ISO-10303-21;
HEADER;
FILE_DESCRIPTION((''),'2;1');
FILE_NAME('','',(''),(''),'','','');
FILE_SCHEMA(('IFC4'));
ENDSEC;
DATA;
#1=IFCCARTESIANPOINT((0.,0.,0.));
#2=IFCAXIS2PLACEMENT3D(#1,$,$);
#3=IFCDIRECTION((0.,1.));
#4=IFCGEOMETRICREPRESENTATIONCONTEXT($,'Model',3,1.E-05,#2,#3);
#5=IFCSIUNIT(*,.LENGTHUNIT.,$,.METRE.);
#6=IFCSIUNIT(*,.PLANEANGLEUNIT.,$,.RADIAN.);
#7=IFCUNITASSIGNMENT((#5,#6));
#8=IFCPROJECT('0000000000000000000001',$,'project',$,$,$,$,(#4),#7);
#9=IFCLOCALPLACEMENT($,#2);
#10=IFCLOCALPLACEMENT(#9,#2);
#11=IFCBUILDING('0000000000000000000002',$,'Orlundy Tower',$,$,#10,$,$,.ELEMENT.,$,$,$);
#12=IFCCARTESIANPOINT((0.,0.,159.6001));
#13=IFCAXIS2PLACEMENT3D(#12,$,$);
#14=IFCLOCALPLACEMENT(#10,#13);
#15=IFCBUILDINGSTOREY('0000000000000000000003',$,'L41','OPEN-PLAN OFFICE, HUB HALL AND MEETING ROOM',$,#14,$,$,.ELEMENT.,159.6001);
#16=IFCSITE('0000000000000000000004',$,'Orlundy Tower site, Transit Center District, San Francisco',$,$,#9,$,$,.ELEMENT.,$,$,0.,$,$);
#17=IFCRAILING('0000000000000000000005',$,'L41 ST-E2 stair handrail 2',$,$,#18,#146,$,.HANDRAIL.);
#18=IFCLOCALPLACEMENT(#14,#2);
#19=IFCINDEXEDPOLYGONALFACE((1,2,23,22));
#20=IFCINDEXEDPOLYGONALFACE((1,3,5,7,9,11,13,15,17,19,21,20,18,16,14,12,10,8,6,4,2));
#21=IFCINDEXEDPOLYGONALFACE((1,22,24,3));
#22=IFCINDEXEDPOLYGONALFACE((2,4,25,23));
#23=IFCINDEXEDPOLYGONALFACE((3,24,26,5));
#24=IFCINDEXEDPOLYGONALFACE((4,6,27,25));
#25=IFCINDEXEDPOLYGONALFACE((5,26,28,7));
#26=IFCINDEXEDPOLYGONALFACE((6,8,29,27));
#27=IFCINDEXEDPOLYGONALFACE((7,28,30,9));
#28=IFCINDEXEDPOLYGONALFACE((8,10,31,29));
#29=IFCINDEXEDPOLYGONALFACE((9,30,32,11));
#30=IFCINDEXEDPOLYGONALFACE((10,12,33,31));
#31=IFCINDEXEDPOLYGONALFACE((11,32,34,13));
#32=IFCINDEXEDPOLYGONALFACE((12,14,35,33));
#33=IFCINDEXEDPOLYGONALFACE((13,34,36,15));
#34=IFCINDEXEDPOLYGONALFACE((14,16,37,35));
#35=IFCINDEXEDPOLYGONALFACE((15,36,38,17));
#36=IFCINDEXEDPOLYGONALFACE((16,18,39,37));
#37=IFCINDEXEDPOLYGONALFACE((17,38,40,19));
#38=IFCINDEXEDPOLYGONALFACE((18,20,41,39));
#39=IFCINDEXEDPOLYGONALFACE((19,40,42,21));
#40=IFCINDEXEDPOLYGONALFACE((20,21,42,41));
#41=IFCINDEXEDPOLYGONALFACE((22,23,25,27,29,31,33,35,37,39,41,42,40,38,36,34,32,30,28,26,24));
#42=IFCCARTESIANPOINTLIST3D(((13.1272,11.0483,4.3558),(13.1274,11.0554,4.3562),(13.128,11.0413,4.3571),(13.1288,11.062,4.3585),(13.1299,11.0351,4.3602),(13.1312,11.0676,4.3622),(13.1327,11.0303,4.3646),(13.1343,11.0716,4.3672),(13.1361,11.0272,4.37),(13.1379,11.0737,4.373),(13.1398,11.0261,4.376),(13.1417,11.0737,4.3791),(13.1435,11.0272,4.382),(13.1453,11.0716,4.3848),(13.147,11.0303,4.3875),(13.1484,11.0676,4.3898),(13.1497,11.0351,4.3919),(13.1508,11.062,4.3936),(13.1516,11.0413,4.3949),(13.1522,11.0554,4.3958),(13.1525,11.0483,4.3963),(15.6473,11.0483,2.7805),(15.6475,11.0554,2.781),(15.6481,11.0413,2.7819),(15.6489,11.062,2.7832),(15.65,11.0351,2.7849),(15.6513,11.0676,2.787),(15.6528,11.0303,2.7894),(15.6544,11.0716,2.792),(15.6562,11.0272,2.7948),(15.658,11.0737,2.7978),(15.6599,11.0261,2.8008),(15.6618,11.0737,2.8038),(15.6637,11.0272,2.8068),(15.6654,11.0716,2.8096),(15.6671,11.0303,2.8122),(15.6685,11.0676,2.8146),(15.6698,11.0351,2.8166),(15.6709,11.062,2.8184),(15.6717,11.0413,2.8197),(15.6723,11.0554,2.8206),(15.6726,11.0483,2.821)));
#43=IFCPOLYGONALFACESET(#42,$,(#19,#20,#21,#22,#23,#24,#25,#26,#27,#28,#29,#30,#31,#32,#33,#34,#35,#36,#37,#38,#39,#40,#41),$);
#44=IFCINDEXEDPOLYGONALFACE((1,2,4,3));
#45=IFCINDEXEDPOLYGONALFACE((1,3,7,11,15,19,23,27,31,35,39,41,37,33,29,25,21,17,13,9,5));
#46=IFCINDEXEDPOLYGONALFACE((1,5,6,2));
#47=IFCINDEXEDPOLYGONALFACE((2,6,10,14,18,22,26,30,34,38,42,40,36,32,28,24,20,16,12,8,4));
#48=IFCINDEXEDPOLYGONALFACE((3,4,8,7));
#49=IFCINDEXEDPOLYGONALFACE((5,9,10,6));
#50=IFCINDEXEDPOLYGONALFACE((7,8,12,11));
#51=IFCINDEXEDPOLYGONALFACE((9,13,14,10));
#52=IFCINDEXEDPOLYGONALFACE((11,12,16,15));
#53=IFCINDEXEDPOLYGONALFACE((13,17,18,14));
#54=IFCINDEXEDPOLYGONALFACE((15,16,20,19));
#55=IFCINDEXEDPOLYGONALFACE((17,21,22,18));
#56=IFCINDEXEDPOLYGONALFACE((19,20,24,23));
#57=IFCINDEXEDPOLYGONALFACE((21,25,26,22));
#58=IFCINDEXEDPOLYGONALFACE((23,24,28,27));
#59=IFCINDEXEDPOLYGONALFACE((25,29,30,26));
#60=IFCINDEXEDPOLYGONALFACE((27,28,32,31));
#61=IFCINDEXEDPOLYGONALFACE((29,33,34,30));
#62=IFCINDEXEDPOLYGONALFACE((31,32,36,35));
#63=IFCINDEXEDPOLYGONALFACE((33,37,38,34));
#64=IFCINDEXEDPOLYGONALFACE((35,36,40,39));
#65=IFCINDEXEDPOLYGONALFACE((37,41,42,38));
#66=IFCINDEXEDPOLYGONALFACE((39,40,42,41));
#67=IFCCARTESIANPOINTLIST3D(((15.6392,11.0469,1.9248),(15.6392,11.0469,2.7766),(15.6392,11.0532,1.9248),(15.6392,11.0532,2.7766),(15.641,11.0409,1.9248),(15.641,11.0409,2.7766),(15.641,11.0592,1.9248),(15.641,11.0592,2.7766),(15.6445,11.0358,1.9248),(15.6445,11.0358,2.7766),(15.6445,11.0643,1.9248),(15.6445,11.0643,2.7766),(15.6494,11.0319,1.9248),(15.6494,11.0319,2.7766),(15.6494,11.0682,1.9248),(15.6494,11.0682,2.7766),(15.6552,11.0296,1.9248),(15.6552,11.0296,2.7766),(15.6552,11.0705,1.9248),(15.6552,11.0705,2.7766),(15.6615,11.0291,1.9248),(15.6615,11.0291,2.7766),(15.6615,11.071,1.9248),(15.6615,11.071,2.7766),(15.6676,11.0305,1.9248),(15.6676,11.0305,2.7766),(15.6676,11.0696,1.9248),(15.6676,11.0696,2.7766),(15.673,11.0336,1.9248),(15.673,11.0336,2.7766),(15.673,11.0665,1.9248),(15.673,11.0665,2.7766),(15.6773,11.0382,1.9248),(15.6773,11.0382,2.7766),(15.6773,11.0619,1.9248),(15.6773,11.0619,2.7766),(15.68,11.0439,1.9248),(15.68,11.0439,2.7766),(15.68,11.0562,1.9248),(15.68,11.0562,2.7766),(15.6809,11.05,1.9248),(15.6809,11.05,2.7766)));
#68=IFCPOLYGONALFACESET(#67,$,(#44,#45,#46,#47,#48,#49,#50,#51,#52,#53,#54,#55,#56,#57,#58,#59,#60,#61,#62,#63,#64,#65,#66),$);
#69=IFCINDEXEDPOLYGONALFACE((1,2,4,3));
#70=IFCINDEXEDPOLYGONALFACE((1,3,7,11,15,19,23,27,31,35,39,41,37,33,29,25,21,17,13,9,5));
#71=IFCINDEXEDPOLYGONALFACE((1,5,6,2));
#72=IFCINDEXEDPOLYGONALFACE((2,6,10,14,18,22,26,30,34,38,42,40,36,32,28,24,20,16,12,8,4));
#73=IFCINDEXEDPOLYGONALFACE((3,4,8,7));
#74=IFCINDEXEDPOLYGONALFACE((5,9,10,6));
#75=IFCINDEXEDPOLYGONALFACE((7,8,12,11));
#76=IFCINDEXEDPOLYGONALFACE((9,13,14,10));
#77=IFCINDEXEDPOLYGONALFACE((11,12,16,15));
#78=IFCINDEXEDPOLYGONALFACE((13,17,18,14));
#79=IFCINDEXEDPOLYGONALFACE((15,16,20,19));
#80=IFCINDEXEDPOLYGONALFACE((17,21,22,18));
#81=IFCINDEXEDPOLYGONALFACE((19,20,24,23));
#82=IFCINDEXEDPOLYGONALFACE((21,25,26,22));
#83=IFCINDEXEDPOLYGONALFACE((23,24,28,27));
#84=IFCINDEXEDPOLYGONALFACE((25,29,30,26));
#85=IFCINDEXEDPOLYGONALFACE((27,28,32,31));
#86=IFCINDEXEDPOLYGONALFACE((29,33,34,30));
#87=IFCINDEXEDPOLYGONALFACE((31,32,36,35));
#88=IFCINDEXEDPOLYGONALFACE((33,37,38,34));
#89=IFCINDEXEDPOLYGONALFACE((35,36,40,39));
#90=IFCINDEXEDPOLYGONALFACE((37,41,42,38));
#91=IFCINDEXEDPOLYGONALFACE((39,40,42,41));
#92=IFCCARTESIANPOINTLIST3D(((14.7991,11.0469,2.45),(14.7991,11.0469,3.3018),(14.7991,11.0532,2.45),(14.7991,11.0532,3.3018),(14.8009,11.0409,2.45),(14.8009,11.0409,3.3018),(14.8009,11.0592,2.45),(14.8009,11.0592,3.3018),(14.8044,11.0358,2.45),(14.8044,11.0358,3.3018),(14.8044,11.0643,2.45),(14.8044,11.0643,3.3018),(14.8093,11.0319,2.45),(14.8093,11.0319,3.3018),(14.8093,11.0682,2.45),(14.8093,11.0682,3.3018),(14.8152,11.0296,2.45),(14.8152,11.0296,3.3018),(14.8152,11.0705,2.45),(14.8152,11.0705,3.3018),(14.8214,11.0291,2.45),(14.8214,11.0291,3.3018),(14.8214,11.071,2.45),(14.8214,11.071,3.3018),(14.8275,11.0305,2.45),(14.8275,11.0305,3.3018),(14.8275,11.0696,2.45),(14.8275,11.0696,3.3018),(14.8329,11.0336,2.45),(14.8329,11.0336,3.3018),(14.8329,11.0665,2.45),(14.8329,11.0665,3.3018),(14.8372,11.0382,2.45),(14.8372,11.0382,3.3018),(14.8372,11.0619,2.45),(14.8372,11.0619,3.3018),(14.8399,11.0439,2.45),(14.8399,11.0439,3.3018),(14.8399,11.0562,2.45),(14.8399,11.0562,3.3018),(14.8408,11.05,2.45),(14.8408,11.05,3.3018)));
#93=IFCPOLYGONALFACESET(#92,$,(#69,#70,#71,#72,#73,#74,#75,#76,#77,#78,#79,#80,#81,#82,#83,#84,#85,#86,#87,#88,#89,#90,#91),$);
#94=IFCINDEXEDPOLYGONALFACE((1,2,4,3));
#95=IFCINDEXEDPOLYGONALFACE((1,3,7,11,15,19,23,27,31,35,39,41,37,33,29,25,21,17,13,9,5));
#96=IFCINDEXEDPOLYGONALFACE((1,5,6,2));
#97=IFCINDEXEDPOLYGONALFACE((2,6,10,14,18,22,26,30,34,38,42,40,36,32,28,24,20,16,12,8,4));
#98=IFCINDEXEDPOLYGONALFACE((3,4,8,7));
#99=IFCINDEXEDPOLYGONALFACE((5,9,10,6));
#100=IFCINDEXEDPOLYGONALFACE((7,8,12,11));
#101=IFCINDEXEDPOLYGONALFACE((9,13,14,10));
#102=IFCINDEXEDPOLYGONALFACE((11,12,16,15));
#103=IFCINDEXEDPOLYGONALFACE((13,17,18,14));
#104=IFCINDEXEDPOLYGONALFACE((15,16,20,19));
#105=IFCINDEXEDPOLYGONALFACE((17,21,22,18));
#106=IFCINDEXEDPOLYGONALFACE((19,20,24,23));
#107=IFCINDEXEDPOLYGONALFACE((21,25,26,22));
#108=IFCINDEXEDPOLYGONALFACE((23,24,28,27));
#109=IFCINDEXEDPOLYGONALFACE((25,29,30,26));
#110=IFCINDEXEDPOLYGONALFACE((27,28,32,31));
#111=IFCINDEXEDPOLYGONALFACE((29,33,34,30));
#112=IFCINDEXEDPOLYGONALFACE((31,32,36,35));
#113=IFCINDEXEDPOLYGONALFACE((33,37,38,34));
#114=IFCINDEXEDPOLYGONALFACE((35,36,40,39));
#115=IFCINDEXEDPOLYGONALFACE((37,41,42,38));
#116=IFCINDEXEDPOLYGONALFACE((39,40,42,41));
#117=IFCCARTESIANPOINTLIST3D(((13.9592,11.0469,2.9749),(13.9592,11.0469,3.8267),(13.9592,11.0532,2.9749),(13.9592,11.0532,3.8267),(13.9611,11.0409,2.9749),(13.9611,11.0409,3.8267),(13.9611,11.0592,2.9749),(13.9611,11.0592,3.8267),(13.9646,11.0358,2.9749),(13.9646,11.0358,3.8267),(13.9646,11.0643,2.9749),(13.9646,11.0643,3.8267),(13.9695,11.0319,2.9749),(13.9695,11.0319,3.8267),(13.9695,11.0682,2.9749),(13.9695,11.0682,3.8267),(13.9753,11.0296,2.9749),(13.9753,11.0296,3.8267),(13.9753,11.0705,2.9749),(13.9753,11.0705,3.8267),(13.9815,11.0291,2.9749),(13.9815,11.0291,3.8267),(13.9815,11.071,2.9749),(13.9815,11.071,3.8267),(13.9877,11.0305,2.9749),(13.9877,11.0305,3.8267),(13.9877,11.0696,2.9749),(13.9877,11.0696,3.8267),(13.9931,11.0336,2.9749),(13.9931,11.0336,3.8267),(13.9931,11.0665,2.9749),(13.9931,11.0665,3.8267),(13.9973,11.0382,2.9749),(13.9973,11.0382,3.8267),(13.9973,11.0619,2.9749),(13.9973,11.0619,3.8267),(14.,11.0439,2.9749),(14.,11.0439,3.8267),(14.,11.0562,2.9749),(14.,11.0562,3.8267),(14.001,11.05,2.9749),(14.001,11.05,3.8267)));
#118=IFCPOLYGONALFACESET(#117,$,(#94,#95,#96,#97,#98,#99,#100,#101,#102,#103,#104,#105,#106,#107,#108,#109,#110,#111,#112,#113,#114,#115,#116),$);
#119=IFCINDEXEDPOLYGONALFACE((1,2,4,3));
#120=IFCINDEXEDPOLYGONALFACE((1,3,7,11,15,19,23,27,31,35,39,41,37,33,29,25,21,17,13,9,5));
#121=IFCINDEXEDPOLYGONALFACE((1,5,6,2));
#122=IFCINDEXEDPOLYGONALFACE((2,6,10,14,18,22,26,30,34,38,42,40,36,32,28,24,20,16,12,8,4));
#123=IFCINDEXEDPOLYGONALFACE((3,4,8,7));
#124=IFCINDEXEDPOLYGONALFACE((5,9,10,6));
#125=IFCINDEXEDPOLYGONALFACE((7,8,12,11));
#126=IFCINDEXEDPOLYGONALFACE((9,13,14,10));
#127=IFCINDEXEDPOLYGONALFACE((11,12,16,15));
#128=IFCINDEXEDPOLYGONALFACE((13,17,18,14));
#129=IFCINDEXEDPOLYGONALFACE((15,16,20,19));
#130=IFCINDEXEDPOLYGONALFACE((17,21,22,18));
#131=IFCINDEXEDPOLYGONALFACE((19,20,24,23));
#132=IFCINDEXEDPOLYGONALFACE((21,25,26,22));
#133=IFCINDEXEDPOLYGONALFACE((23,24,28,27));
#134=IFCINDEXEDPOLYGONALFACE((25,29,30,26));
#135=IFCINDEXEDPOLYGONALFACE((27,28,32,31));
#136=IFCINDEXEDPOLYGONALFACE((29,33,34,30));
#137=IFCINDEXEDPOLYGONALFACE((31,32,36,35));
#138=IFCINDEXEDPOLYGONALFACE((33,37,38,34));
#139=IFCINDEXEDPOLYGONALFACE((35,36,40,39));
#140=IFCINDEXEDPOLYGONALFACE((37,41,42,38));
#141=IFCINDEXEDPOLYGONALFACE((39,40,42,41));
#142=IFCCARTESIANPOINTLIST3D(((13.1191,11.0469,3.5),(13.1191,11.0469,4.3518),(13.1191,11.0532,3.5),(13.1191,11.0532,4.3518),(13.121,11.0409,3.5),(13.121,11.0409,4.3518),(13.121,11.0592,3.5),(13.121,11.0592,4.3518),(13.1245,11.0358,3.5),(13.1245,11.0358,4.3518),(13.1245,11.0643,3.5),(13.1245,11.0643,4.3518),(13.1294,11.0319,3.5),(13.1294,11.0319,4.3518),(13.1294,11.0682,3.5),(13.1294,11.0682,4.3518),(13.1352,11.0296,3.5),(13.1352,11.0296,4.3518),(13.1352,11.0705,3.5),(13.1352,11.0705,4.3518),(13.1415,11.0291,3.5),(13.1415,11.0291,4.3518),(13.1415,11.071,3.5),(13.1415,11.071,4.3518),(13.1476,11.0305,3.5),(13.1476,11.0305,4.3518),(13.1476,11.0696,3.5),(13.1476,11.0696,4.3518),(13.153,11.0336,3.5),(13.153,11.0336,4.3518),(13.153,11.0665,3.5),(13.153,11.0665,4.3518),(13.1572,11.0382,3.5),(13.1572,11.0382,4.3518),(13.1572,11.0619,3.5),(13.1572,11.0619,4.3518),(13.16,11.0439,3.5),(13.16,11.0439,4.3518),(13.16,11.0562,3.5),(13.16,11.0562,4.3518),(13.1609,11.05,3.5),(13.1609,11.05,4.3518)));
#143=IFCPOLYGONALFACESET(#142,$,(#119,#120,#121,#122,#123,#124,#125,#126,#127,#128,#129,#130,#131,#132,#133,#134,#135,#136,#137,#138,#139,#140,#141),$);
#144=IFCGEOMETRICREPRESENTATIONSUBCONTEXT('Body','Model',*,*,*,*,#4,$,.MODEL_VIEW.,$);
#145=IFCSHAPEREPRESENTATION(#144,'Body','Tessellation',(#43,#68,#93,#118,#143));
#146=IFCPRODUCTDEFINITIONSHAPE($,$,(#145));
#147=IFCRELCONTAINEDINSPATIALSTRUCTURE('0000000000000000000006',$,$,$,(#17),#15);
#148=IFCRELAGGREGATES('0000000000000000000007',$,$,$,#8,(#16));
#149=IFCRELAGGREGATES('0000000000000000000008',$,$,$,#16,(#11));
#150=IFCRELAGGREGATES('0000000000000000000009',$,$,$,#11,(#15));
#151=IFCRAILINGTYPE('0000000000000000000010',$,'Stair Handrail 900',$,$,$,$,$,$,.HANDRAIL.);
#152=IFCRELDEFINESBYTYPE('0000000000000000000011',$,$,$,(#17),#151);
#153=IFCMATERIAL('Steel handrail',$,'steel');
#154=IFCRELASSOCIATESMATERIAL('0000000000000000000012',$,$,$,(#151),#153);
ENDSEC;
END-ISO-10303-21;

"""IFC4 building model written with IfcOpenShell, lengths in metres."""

from ifc_helpers import new_model, si_unit, direction, frame, origin, origin_2d, place, context, subcontext, project, spatial, circle, extrude, material, type_object, element, save


model = new_model("IFC4")

# Units and contexts
model_context = context("Model", 3, precision=1e-05, world=origin(), true_north=direction((0.0, 1.0)))
body_context = subcontext(model_context, "Body", "Model", "MODEL_VIEW")
ifc_project = project(units=[si_unit("LENGTHUNIT", "METRE"), si_unit("PLANEANGLEUNIT", "RADIAN")], contexts=[model_context])

# Site, building, storey
site_placement = place(None, origin())
site = spatial("IfcSite", under=ifc_project, at=site_placement, Name="Orlundy Tower site, Transit Center District, San Francisco", CompositionType="ELEMENT", RefElevation=0.0)
building_placement = place(site_placement, origin())
building = spatial("IfcBuilding", under=site, at=building_placement, Name="Orlundy Tower", CompositionType="ELEMENT")
storey_placement = place(building_placement, frame((0.0, 0.0, 159.6001)))
storey = spatial("IfcBuildingStorey", under=building, at=storey_placement, Name="L41", Description="OPEN-PLAN OFFICE, HUB HALL AND MEETING ROOM", CompositionType="ELEMENT", Elevation=159.6001)

# Railing
ifc_material_1 = material(Name="Steel handrail", Category="steel")
railing_type = type_object("IfcRailingType", Name="Stair Handrail 900", PredefinedType="HANDRAIL", material=ifc_material_1)
railing_placement = place(storey_placement, frame((15.6599, 11.05, 1.9248)))
element("IfcRailing", 1, at=railing_placement, inside=storey, type_object=railing_type, Name="L41 ST-E2 stair handrail 2", PredefinedType="HANDRAIL", context=body_context, shape_type="SweptSolid", body=[
    extrude(circle(Radius=0.0239, at=origin_2d()), frame((0.0, 0.0, 0.876), z_axis=(-0.847971, 0.0, 0.530043), x_axis=(0.0, -1.0, 0.0)), (0.0, 0.0, 1.0), 2.9719),
    extrude(circle(Radius=0.021, at=origin_2d()), origin(), (0.0, 0.0, 1.0), 0.8518),
    extrude(circle(Radius=0.021, at=origin_2d()), frame((-0.8401, 0.0, 0.5251)), (0.0, 0.0, 1.0), 0.8518),
    extrude(circle(Radius=0.021, at=origin_2d()), frame((-1.6799, 0.0, 1.05)), (0.0, 0.0, 1.0), 0.8518),
    extrude(circle(Radius=0.021, at=origin_2d()), frame((-2.52, 0.0, 1.5752)), (0.0, 0.0, 1.0), 0.8518),
])

save(model, "model.ifc")
